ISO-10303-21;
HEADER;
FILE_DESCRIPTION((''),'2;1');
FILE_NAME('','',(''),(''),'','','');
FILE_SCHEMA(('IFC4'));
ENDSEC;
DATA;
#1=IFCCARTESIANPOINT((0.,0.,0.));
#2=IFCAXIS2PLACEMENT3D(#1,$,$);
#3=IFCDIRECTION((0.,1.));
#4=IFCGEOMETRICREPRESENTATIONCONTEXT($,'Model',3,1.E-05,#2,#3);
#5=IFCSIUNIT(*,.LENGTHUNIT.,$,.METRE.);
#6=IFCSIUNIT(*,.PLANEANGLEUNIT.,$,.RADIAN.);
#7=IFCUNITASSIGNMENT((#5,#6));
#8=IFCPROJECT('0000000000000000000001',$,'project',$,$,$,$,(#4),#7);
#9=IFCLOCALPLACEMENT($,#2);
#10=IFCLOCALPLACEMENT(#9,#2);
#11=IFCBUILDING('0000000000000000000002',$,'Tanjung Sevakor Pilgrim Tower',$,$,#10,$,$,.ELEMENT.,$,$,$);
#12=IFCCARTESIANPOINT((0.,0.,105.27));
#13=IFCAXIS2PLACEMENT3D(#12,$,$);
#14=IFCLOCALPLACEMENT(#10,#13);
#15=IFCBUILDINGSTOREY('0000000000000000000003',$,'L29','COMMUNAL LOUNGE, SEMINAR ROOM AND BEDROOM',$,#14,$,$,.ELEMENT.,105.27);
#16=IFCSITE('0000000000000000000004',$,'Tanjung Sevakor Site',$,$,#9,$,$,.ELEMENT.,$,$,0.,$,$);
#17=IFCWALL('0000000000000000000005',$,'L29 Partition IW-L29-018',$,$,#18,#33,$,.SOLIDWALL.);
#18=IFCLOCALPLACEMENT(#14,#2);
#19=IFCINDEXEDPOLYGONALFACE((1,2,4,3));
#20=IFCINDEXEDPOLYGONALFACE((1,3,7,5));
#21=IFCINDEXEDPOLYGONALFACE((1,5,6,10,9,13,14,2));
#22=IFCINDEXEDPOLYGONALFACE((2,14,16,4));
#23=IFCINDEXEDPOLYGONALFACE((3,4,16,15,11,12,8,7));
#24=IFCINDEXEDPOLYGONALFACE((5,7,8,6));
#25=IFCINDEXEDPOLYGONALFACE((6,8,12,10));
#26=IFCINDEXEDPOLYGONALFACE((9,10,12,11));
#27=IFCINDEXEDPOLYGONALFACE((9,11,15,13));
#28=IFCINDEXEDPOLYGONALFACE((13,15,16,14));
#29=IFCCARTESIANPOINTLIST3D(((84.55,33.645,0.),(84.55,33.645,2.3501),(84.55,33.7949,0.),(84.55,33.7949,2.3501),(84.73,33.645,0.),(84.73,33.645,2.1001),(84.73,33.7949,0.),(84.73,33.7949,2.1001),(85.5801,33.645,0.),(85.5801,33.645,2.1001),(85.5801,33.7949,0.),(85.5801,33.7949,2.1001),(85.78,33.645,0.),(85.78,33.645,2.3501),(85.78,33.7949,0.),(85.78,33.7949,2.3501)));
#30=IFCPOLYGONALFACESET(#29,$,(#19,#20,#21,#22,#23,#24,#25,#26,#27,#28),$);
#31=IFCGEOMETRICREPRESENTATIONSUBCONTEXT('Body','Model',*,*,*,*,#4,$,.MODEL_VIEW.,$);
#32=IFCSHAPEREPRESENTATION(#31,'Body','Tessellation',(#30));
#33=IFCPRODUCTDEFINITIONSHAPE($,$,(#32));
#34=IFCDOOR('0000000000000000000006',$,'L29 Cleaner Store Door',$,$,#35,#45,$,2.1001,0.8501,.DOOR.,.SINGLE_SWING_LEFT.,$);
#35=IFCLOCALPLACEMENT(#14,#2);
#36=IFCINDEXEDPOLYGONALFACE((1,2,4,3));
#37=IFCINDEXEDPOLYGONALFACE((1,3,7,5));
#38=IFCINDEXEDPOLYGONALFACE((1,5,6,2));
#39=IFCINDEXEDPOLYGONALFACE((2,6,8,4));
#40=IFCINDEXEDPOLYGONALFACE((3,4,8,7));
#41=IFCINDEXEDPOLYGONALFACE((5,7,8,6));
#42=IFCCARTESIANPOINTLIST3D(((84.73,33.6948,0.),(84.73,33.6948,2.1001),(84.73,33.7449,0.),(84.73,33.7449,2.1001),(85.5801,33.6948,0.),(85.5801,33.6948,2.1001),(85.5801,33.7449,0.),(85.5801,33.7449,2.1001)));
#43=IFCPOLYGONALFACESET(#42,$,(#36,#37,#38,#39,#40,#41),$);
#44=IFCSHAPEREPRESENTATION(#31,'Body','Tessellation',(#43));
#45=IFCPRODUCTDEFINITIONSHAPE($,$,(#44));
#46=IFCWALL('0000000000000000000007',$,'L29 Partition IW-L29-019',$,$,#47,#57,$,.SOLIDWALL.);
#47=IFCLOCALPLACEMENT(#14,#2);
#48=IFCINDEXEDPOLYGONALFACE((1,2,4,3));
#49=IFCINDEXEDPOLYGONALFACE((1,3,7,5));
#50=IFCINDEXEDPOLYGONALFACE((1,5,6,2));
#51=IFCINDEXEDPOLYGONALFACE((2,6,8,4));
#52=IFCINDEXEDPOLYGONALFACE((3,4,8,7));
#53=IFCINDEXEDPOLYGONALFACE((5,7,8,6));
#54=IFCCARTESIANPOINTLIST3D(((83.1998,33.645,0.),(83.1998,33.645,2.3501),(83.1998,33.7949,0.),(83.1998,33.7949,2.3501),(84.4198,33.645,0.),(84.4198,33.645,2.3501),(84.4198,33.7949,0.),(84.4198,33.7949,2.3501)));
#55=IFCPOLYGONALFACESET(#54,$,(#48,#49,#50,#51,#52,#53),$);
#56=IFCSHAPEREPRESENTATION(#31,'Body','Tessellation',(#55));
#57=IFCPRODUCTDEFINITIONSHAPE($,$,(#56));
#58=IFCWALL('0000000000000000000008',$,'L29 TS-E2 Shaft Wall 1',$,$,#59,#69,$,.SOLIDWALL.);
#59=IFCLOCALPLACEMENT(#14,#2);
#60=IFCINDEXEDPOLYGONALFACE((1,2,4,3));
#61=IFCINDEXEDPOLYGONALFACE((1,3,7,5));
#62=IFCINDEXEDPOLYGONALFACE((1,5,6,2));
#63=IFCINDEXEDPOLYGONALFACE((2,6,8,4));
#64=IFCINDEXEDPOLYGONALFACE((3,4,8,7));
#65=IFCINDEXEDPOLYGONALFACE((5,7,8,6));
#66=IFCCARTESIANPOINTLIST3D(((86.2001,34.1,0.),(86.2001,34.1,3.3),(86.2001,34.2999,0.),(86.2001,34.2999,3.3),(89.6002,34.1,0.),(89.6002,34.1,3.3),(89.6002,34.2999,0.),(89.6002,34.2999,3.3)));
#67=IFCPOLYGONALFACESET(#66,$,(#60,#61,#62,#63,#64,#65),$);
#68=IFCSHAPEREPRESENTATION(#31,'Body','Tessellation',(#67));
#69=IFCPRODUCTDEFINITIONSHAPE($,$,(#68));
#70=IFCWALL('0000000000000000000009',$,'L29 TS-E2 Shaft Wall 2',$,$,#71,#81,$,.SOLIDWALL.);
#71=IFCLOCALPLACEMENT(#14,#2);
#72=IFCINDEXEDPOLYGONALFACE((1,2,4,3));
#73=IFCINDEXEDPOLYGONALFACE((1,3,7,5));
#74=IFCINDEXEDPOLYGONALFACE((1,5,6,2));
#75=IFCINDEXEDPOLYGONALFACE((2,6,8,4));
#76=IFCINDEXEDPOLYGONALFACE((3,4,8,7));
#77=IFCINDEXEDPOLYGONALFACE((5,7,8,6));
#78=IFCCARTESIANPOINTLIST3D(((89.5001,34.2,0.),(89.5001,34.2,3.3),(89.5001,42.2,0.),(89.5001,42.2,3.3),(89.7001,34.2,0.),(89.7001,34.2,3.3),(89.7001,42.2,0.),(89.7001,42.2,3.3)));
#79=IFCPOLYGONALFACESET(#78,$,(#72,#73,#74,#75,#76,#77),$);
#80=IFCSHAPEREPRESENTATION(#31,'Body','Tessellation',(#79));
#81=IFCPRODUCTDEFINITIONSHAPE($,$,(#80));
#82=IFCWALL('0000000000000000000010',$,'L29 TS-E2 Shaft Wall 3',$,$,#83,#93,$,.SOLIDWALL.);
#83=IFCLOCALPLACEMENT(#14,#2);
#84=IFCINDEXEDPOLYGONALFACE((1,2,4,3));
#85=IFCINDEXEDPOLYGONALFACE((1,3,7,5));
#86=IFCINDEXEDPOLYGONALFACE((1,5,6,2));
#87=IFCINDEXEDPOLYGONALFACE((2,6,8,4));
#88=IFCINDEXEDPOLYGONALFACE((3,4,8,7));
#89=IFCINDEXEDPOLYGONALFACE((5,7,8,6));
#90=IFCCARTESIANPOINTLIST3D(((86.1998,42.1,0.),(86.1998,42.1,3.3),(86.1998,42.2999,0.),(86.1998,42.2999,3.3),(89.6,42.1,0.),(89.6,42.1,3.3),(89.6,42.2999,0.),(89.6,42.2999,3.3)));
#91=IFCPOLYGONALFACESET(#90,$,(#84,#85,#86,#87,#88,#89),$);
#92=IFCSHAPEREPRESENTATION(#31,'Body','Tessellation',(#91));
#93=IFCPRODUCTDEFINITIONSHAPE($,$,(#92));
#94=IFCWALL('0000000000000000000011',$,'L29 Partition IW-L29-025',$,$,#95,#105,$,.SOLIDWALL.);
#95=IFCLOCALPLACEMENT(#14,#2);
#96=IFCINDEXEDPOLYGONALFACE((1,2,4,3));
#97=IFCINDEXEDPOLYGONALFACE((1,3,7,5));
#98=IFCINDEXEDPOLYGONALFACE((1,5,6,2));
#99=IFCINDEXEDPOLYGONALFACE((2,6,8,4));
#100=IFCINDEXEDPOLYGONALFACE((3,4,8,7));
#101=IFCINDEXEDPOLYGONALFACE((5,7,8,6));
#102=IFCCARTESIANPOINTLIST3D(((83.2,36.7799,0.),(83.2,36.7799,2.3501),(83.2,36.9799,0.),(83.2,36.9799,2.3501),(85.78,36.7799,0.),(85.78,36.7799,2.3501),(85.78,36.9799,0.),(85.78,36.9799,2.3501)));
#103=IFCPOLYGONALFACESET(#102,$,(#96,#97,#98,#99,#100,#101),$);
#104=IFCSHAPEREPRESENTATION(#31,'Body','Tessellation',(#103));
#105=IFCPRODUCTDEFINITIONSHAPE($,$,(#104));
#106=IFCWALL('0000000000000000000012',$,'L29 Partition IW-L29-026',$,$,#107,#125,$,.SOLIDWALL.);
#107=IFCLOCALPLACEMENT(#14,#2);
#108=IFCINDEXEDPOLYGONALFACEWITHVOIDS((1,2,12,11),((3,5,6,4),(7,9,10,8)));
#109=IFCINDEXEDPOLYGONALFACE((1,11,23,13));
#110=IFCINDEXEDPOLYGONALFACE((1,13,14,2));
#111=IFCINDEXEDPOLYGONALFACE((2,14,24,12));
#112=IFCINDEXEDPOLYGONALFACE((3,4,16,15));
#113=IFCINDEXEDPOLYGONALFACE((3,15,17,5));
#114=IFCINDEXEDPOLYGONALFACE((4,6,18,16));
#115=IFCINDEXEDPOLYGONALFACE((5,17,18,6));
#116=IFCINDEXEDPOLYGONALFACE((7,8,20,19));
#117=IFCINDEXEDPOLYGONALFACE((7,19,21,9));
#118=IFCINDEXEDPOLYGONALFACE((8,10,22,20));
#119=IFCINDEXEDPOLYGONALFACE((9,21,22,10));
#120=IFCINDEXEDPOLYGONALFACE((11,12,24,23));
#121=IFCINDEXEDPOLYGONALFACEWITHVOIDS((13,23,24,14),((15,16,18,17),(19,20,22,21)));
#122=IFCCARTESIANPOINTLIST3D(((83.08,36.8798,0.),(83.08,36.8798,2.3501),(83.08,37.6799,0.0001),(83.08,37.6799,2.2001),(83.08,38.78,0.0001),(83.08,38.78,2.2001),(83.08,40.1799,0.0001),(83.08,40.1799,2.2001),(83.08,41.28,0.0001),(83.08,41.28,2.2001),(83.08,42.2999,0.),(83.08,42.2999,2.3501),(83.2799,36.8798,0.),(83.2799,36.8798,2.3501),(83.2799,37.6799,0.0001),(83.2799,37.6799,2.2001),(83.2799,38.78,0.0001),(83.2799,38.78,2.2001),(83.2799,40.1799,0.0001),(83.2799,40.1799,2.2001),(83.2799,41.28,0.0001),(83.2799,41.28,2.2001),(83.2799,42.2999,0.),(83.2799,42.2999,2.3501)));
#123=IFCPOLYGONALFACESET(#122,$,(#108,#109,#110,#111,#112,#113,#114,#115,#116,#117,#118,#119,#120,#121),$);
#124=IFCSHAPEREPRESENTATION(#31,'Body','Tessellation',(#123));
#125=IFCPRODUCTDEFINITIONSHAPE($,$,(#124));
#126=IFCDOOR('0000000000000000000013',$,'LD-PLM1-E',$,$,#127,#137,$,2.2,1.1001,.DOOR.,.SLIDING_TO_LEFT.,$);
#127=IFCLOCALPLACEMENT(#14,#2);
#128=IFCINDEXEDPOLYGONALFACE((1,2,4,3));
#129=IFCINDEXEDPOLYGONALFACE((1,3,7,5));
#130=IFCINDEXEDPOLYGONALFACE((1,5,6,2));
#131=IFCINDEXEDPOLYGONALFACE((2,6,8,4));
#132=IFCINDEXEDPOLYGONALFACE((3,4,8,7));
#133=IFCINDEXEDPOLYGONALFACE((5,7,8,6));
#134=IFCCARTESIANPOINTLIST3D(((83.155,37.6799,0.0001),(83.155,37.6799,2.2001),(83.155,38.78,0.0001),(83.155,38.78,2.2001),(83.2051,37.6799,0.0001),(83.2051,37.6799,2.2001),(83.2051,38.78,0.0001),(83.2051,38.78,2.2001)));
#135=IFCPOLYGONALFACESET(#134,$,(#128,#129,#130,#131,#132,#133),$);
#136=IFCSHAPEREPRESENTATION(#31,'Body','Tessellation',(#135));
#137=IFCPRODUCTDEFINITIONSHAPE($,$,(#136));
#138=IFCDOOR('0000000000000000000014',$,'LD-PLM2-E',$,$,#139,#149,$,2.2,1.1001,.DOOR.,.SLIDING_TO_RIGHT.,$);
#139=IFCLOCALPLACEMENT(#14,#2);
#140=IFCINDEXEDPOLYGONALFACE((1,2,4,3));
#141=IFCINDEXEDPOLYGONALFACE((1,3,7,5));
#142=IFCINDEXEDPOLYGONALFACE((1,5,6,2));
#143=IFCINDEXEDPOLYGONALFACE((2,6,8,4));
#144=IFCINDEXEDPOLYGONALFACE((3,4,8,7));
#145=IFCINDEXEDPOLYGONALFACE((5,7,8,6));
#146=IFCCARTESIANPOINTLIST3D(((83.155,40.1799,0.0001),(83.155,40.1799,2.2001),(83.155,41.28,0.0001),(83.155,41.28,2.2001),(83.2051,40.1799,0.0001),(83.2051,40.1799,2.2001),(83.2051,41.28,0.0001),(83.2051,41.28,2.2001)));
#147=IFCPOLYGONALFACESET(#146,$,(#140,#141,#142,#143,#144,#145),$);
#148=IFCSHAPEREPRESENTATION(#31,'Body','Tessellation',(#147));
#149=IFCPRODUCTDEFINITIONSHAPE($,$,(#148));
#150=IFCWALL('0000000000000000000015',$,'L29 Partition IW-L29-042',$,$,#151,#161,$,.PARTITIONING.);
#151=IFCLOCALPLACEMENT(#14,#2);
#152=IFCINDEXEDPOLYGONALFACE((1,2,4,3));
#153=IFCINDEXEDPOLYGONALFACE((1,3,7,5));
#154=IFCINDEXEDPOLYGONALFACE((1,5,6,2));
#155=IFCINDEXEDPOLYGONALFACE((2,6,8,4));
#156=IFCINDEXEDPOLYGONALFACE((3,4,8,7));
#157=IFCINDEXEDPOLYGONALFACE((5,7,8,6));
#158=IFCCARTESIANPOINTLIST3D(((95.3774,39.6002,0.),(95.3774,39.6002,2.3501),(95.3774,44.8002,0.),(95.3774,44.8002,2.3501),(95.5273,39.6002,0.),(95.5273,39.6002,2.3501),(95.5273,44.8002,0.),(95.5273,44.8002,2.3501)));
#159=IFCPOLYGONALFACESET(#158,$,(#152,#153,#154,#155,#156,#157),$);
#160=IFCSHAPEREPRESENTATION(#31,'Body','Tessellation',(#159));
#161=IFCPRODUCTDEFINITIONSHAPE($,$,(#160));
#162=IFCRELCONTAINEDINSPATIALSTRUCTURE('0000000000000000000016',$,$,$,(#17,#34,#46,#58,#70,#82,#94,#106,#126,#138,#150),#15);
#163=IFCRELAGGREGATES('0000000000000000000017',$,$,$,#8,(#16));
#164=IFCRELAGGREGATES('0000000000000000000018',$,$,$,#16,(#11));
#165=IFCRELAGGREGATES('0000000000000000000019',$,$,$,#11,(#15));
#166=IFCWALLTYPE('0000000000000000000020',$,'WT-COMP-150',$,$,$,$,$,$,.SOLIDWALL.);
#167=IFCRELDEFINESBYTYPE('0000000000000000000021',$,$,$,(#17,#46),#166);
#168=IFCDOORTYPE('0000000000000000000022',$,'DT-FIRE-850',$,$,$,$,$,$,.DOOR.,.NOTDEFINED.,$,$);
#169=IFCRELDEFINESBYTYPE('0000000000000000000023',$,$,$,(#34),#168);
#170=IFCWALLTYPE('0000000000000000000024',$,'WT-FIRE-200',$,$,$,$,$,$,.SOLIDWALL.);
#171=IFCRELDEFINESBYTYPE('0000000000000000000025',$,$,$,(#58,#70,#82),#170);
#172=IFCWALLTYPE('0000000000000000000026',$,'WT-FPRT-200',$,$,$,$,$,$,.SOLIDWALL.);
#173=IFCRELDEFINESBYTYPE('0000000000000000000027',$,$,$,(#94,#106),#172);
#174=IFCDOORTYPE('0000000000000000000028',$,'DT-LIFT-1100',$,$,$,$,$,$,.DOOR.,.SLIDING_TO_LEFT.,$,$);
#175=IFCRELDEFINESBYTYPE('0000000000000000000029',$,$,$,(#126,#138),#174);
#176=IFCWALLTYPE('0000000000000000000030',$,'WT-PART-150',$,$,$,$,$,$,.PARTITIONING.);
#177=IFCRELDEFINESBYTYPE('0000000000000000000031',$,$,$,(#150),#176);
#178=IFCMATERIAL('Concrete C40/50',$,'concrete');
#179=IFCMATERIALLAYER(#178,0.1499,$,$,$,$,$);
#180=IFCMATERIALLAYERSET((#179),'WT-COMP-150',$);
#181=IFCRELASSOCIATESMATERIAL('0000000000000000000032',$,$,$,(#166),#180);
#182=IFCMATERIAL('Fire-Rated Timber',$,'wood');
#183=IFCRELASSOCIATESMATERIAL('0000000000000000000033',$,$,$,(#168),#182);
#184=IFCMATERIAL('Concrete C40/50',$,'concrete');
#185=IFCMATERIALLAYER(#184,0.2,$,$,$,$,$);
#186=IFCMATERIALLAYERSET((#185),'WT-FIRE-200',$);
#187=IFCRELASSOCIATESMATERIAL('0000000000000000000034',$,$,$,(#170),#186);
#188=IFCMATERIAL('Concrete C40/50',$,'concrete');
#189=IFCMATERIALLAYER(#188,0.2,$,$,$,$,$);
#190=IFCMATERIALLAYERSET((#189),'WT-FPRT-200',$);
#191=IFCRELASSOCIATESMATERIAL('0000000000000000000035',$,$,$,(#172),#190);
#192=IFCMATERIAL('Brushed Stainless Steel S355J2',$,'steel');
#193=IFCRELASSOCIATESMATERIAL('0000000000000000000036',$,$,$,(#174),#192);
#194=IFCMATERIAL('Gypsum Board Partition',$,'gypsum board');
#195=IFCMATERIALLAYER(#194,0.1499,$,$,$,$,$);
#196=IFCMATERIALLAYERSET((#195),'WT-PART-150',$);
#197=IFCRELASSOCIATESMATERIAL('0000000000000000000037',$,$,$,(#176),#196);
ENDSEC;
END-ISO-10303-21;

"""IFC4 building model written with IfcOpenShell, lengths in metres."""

from ifc_helpers import new_model, si_unit, direction, frame, frame_2d, origin, place, context, subcontext, project, spatial, rectangle, extrude, material, layer, layer_set, type_object, element, fill, save


model = new_model("IFC4")

# Units and contexts
model_context = context("Model", 3, precision=1e-05, world=origin(), true_north=direction((0.0, 1.0)))
body_context = subcontext(model_context, "Body", "Model", "MODEL_VIEW")
ifc_project = project(units=[si_unit("LENGTHUNIT", "METRE"), si_unit("PLANEANGLEUNIT", "RADIAN")], contexts=[model_context])

# Site, building, storey
site_placement = place(None, origin())
site = spatial("IfcSite", under=ifc_project, at=site_placement, Name="Tanjung Sevakor Site", CompositionType="ELEMENT", RefElevation=0.0)
building_placement = place(site_placement, origin())
building = spatial("IfcBuilding", under=site, at=building_placement, Name="Tanjung Sevakor Pilgrim Tower", CompositionType="ELEMENT")
storey_placement = place(building_placement, frame((0.0, 0.0, 105.27)))
storey = spatial("IfcBuildingStorey", under=building, at=storey_placement, Name="L29", Description="COMMUNAL LOUNGE, SEMINAR ROOM AND BEDROOM", CompositionType="ELEMENT", Elevation=105.27)

# Wall, opening, door
ifc_material_1 = material(Name="Concrete C40/50", Category="concrete")
ifc_layer_1 = layer(ifc_material_1, 0.1499)
ifc_layer_set_1 = layer_set([ifc_layer_1], Name="WT-COMP-150")
wall_type_1 = type_object("IfcWallType", Name="WT-COMP-150", PredefinedType="SOLIDWALL", material=ifc_layer_set_1)
wall_1_placement = place(storey_placement, frame((84.55, 33.72, 0.0), z_axis=(0.0, 0.0, 1.0), x_axis=(1.0, 0.0, 0.0)))
wall_1 = element("IfcWall", 1, at=wall_1_placement, inside=storey, type_object=wall_type_1, Name="L29 Partition IW-L29-018", PredefinedType="SOLIDWALL", context=body_context, shape_type="SweptSolid", body=[
    extrude(rectangle(XDim=1.23, YDim=0.1499, at=frame_2d((0.615, 0.0))), origin(), (0.0, 0.0, 1.0), 2.3501),
])
opening_1_placement = place(wall_1_placement, frame((0.1799, 0.0, 0.0)))
opening_1 = element("IfcOpeningElement", 2, at=opening_1_placement, cuts=wall_1, PredefinedType="OPENING", context=body_context, shape_type="SweptSolid", body=[
    extrude(rectangle(XDim=0.8501, YDim=2.1001, at=frame_2d((0.425, 1.05))), frame((0.0, 0.085, 0.0), z_axis=(0.0, -1.0, 0.0), x_axis=(1.0, 0.0, 0.0)), (0.0, 0.0, 1.0), 0.1699),
])
ifc_material_2 = material(Name="Fire-Rated Timber", Category="wood")
door_type_1 = type_object("IfcDoorType", Name="DT-FIRE-850", OperationType="NOTDEFINED", PredefinedType="DOOR", material=ifc_material_2)
door_1_placement = place(opening_1_placement, origin())
door_1 = element("IfcDoor", 3, at=door_1_placement, inside=storey, type_object=door_type_1, Name="L29 Cleaner Store Door", OperationType="SINGLE_SWING_LEFT", OverallHeight=2.1001, OverallWidth=0.8501, PredefinedType="DOOR", context=body_context, shape_type="SweptSolid", body=[
    extrude(rectangle(XDim=0.8501, YDim=2.1001, at=frame_2d((0.425, 1.05))), frame((0.0, 0.0249, 0.0), z_axis=(0.0, -1.0, 0.0), x_axis=(1.0, 0.0, 0.0)), (0.0, 0.0, 1.0), 0.05),
])
fill(opening_1, door_1)

# Walls
wall_2_placement = place(storey_placement, frame((83.2, 33.72, 0.0), z_axis=(0.0, 0.0, 1.0), x_axis=(1.0, 0.0, 0.0)))
element("IfcWall", 4, at=wall_2_placement, inside=storey, type_object=wall_type_1, Name="L29 Partition IW-L29-019", PredefinedType="SOLIDWALL", context=body_context, shape_type="SweptSolid", body=[
    extrude(rectangle(XDim=1.22, YDim=0.1499, at=frame_2d((0.6099, 0.0))), origin(), (0.0, 0.0, 1.0), 2.3501),
])
ifc_material_3 = material(Name="Concrete C40/50", Category="concrete")
ifc_layer_2 = layer(ifc_material_3, 0.2)
ifc_layer_set_2 = layer_set([ifc_layer_2], Name="WT-FIRE-200")
wall_type_2 = type_object("IfcWallType", Name="WT-FIRE-200", PredefinedType="SOLIDWALL", material=ifc_layer_set_2)
wall_3_placement = place(storey_placement, frame((86.2, 34.2, 0.0), z_axis=(0.0, 0.0, 1.0), x_axis=(1.0, 0.0, 0.0)))
element("IfcWall", 5, at=wall_3_placement, inside=storey, type_object=wall_type_2, Name="L29 TS-E2 Shaft Wall 1", PredefinedType="SOLIDWALL", context=body_context, shape_type="SweptSolid", body=[
    extrude(rectangle(XDim=3.4001, YDim=0.2, at=frame_2d((1.7002, 0.0))), origin(), (0.0, 0.0, 1.0), 3.3),
])
wall_4_placement = place(storey_placement, frame((89.6001, 34.2, 0.0), z_axis=(0.0, 0.0, 1.0), x_axis=(0.0, 1.0, 0.0)))
element("IfcWall", 6, at=wall_4_placement, inside=storey, type_object=wall_type_2, Name="L29 TS-E2 Shaft Wall 2", PredefinedType="SOLIDWALL", context=body_context, shape_type="SweptSolid", body=[
    extrude(rectangle(XDim=8.0, YDim=0.2, at=frame_2d((4.0, 0.0))), origin(), (0.0, 0.0, 1.0), 3.3),
])
wall_5_placement = place(storey_placement, frame((89.6001, 42.2, 0.0), z_axis=(0.0, 0.0, 1.0), x_axis=(-1.0, 0.0, 0.0)))
element("IfcWall", 7, at=wall_5_placement, inside=storey, type_object=wall_type_2, Name="L29 TS-E2 Shaft Wall 3", PredefinedType="SOLIDWALL", context=body_context, shape_type="SweptSolid", body=[
    extrude(rectangle(XDim=3.4001, YDim=0.2, at=frame_2d((1.7002, 0.0))), origin(), (0.0, 0.0, 1.0), 3.3),
])
ifc_material_4 = material(Name="Concrete C40/50", Category="concrete")
ifc_layer_3 = layer(ifc_material_4, 0.2)
ifc_layer_set_3 = layer_set([ifc_layer_3], Name="WT-FPRT-200")
wall_type_3 = type_object("IfcWallType", Name="WT-FPRT-200", PredefinedType="SOLIDWALL", material=ifc_layer_set_3)
wall_6_placement = place(storey_placement, frame((83.2, 36.8799, 0.0), z_axis=(0.0, 0.0, 1.0), x_axis=(1.0, 0.0, 0.0)))
element("IfcWall", 8, at=wall_6_placement, inside=storey, type_object=wall_type_3, Name="L29 Partition IW-L29-025", PredefinedType="SOLIDWALL", context=body_context, shape_type="SweptSolid", body=[
    extrude(rectangle(XDim=2.5801, YDim=0.2, at=frame_2d((1.29, 0.0))), origin(), (0.0, 0.0, 1.0), 2.3501),
])

# Wall, openings, doors
wall_7_placement = place(storey_placement, frame((83.1799, 36.8799, 0.0), z_axis=(0.0, 0.0, 1.0), x_axis=(0.0, 1.0, 0.0)))
wall_7 = element("IfcWall", 9, at=wall_7_placement, inside=storey, type_object=wall_type_3, Name="L29 Partition IW-L29-026", PredefinedType="SOLIDWALL", context=body_context, shape_type="SweptSolid", body=[
    extrude(rectangle(XDim=5.4202, YDim=0.2, at=frame_2d((2.71, 0.0))), origin(), (0.0, 0.0, 1.0), 2.3501),
])
opening_2_placement = place(wall_7_placement, frame((0.8, 0.0, 0.0)))
opening_2 = element("IfcOpeningElement", 10, at=opening_2_placement, cuts=wall_7, PredefinedType="OPENING", context=body_context, shape_type="SweptSolid", body=[
    extrude(rectangle(XDim=1.1001, YDim=2.2, at=frame_2d((0.55, 1.1001))), frame((0.0, 0.1099, 0.0), z_axis=(0.0, -1.0, 0.0), x_axis=(1.0, 0.0, 0.0)), (0.0, 0.0, 1.0), 0.22),
])
opening_3_placement = place(wall_7_placement, frame((3.3, 0.0, 0.0)))
opening_3 = element("IfcOpeningElement", 11, at=opening_3_placement, cuts=wall_7, PredefinedType="OPENING", context=body_context, shape_type="SweptSolid", body=[
    extrude(rectangle(XDim=1.1001, YDim=2.2, at=frame_2d((0.55, 1.1001))), frame((0.0, 0.1099, 0.0), z_axis=(0.0, -1.0, 0.0), x_axis=(1.0, 0.0, 0.0)), (0.0, 0.0, 1.0), 0.22),
])
ifc_material_5 = material(Name="Brushed Stainless Steel S355J2", Category="steel")
door_type_2 = type_object("IfcDoorType", Name="DT-LIFT-1100", OperationType="SLIDING_TO_LEFT", PredefinedType="DOOR", material=ifc_material_5)
door_2_placement = place(opening_2_placement, origin())
door_2 = element("IfcDoor", 12, at=door_2_placement, inside=storey, type_object=door_type_2, Name="LD-PLM1-E", OperationType="SLIDING_TO_LEFT", OverallHeight=2.2, OverallWidth=1.1001, PredefinedType="DOOR", context=body_context, shape_type="SweptSolid", body=[
    extrude(rectangle(XDim=1.1001, YDim=2.2, at=frame_2d((0.55, 1.1001))), frame((0.0, 0.0249, 0.0), z_axis=(0.0, -1.0, 0.0), x_axis=(1.0, 0.0, 0.0)), (0.0, 0.0, 1.0), 0.05),
])
fill(opening_2, door_2)
door_3_placement = place(opening_3_placement, origin())
door_3 = element("IfcDoor", 13, at=door_3_placement, inside=storey, type_object=door_type_2, Name="LD-PLM2-E", OperationType="SLIDING_TO_RIGHT", OverallHeight=2.2, OverallWidth=1.1001, PredefinedType="DOOR", context=body_context, shape_type="SweptSolid", body=[
    extrude(rectangle(XDim=1.1001, YDim=2.2, at=frame_2d((0.55, 1.1001))), frame((0.0, 0.0249, 0.0), z_axis=(0.0, -1.0, 0.0), x_axis=(1.0, 0.0, 0.0)), (0.0, 0.0, 1.0), 0.05),
])
fill(opening_3, door_3)

# Wall
ifc_material_6 = material(Name="Gypsum Board Partition", Category="gypsum board")
ifc_layer_4 = layer(ifc_material_6, 0.1499)
ifc_layer_set_4 = layer_set([ifc_layer_4], Name="WT-PART-150")
wall_type_4 = type_object("IfcWallType", Name="WT-PART-150", PredefinedType="PARTITIONING", material=ifc_layer_set_4)
wall_8_placement = place(storey_placement, frame((95.4524, 39.6001, 0.0), z_axis=(0.0, 0.0, 1.0), x_axis=(0.0, 1.0, 0.0)))
element("IfcWall", 14, at=wall_8_placement, inside=storey, type_object=wall_type_4, Name="L29 Partition IW-L29-042", PredefinedType="PARTITIONING", context=body_context, shape_type="SweptSolid", body=[
    extrude(rectangle(XDim=5.2, YDim=0.1499, at=frame_2d((2.6001, 0.0))), origin(), (0.0, 0.0, 1.0), 2.3501),
])

save(model, "model.ifc")
